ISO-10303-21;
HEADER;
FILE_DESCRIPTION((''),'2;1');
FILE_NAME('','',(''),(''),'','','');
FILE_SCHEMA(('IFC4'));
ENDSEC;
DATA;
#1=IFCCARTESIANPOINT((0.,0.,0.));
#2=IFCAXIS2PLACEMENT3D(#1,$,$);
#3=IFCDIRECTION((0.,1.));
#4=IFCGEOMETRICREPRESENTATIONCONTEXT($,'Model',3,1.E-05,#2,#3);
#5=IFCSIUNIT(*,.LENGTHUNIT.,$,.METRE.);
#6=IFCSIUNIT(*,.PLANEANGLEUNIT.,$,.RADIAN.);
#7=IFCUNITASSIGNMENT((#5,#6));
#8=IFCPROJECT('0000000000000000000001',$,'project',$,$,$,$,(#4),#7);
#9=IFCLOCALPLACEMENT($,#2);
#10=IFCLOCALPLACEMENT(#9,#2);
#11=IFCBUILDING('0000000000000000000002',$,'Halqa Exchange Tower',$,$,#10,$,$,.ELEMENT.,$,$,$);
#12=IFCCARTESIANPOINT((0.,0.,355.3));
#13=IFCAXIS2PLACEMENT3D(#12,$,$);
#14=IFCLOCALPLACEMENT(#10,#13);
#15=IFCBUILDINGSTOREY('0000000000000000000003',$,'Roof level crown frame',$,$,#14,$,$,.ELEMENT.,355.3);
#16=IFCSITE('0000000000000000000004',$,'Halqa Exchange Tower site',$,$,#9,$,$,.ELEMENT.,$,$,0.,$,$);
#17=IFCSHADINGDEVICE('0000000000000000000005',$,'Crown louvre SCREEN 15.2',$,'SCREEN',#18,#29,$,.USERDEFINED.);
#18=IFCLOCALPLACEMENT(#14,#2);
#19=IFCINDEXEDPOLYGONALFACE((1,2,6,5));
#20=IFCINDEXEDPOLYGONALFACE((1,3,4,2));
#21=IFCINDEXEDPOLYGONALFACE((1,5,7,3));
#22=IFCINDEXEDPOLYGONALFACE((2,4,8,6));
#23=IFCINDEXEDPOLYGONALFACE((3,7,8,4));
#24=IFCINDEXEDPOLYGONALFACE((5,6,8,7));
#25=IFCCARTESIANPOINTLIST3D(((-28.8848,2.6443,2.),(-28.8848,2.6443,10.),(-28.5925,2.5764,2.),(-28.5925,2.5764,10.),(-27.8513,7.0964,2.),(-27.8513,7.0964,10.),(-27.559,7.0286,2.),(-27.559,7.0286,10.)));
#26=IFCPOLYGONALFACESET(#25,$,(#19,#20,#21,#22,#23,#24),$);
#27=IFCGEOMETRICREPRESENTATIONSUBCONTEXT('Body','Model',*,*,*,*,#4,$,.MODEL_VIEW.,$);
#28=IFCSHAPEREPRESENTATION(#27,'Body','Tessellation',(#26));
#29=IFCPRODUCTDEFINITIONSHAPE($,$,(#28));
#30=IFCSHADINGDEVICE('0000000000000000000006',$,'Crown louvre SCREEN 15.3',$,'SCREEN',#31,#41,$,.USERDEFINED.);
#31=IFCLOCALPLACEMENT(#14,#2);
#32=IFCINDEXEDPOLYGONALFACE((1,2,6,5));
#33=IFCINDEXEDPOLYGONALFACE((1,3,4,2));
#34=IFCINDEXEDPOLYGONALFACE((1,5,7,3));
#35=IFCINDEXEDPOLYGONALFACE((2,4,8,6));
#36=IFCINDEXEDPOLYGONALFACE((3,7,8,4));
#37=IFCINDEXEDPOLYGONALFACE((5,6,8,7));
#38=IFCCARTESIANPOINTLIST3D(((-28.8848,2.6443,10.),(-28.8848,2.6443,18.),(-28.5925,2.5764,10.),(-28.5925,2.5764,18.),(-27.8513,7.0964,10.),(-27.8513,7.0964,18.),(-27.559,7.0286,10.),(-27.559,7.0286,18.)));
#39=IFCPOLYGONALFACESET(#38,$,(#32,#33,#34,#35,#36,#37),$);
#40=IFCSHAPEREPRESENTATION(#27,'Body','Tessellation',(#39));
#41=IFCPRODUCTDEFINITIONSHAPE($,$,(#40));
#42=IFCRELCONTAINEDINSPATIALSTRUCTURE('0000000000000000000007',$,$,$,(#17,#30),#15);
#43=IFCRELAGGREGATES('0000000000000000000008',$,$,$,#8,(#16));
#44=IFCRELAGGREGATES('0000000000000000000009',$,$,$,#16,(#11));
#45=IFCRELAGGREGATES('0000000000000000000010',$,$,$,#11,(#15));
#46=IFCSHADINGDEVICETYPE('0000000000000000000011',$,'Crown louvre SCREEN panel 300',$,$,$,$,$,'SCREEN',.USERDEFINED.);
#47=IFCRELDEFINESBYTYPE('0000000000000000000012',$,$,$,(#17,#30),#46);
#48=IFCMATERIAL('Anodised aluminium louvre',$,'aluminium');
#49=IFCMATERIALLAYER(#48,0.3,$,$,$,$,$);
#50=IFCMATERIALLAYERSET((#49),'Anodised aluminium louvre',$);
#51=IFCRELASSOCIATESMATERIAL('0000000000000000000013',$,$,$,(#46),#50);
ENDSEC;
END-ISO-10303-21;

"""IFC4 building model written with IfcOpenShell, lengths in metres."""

from ifc_helpers import new_model, si_unit, direction, frame, origin, origin_2d, place, context, subcontext, project, spatial, rectangle, extrude, material, layer, layer_set, type_object, element, save


model = new_model("IFC4")

# Units and contexts
model_context = context("Model", 3, precision=1e-05, world=origin(), true_north=direction((0.0, 1.0)))
body_context = subcontext(model_context, "Body", "Model", "MODEL_VIEW")
ifc_project = project(units=[si_unit("LENGTHUNIT", "METRE"), si_unit("PLANEANGLEUNIT", "RADIAN")], contexts=[model_context])

# Site, building, storey
site_placement = place(None, origin())
site = spatial("IfcSite", under=ifc_project, at=site_placement, Name="Halqa Exchange Tower site", CompositionType="ELEMENT", RefElevation=0.0)
building_placement = place(site_placement, origin())
building = spatial("IfcBuilding", under=site, at=building_placement, Name="Halqa Exchange Tower", CompositionType="ELEMENT")
storey_placement = place(building_placement, frame((0.0, 0.0, 355.3)))
storey = spatial("IfcBuildingStorey", under=building, at=storey_placement, Name="Roof level crown frame", CompositionType="ELEMENT", Elevation=355.3)

# Shading devices
ifc_material_1 = material(Name="Anodised aluminium louvre", Category="aluminium")
ifc_layer = layer(ifc_material_1, 0.3)
ifc_layer_set = layer_set([ifc_layer], Name="Anodised aluminium louvre")
shading_device_type = type_object("IfcShadingDeviceType", Name="Crown louvre SCREEN panel 300", ElementType="SCREEN", PredefinedType="USERDEFINED", material=ifc_layer_set)
for number, where, z_axis, x_axis, name in (
    (1, (-28.2219, 4.8364, 2.0), (0.0, 0.0, 1.0), (-0.226121, -0.974099, 0.0), "Crown louvre SCREEN 15.2"),
    (2, (-28.2219, 4.8364, 10.0), (0.0, 0.0, 1.0), (-0.226121, -0.974099, 0.0), "Crown louvre SCREEN 15.3"),
):
    element("IfcShadingDevice", number, at=place(storey_placement, frame(where, z_axis=z_axis, x_axis=x_axis)), inside=storey, type_object=shading_device_type, Name=name, ObjectType="SCREEN", PredefinedType="USERDEFINED", context=body_context, shape_type="SweptSolid", body=[
        extrude(rectangle(XDim=4.5706, YDim=0.3, at=origin_2d()), origin(), (0.0, 0.0, 1.0), 8.0),
    ])

save(model, "model.ifc")
